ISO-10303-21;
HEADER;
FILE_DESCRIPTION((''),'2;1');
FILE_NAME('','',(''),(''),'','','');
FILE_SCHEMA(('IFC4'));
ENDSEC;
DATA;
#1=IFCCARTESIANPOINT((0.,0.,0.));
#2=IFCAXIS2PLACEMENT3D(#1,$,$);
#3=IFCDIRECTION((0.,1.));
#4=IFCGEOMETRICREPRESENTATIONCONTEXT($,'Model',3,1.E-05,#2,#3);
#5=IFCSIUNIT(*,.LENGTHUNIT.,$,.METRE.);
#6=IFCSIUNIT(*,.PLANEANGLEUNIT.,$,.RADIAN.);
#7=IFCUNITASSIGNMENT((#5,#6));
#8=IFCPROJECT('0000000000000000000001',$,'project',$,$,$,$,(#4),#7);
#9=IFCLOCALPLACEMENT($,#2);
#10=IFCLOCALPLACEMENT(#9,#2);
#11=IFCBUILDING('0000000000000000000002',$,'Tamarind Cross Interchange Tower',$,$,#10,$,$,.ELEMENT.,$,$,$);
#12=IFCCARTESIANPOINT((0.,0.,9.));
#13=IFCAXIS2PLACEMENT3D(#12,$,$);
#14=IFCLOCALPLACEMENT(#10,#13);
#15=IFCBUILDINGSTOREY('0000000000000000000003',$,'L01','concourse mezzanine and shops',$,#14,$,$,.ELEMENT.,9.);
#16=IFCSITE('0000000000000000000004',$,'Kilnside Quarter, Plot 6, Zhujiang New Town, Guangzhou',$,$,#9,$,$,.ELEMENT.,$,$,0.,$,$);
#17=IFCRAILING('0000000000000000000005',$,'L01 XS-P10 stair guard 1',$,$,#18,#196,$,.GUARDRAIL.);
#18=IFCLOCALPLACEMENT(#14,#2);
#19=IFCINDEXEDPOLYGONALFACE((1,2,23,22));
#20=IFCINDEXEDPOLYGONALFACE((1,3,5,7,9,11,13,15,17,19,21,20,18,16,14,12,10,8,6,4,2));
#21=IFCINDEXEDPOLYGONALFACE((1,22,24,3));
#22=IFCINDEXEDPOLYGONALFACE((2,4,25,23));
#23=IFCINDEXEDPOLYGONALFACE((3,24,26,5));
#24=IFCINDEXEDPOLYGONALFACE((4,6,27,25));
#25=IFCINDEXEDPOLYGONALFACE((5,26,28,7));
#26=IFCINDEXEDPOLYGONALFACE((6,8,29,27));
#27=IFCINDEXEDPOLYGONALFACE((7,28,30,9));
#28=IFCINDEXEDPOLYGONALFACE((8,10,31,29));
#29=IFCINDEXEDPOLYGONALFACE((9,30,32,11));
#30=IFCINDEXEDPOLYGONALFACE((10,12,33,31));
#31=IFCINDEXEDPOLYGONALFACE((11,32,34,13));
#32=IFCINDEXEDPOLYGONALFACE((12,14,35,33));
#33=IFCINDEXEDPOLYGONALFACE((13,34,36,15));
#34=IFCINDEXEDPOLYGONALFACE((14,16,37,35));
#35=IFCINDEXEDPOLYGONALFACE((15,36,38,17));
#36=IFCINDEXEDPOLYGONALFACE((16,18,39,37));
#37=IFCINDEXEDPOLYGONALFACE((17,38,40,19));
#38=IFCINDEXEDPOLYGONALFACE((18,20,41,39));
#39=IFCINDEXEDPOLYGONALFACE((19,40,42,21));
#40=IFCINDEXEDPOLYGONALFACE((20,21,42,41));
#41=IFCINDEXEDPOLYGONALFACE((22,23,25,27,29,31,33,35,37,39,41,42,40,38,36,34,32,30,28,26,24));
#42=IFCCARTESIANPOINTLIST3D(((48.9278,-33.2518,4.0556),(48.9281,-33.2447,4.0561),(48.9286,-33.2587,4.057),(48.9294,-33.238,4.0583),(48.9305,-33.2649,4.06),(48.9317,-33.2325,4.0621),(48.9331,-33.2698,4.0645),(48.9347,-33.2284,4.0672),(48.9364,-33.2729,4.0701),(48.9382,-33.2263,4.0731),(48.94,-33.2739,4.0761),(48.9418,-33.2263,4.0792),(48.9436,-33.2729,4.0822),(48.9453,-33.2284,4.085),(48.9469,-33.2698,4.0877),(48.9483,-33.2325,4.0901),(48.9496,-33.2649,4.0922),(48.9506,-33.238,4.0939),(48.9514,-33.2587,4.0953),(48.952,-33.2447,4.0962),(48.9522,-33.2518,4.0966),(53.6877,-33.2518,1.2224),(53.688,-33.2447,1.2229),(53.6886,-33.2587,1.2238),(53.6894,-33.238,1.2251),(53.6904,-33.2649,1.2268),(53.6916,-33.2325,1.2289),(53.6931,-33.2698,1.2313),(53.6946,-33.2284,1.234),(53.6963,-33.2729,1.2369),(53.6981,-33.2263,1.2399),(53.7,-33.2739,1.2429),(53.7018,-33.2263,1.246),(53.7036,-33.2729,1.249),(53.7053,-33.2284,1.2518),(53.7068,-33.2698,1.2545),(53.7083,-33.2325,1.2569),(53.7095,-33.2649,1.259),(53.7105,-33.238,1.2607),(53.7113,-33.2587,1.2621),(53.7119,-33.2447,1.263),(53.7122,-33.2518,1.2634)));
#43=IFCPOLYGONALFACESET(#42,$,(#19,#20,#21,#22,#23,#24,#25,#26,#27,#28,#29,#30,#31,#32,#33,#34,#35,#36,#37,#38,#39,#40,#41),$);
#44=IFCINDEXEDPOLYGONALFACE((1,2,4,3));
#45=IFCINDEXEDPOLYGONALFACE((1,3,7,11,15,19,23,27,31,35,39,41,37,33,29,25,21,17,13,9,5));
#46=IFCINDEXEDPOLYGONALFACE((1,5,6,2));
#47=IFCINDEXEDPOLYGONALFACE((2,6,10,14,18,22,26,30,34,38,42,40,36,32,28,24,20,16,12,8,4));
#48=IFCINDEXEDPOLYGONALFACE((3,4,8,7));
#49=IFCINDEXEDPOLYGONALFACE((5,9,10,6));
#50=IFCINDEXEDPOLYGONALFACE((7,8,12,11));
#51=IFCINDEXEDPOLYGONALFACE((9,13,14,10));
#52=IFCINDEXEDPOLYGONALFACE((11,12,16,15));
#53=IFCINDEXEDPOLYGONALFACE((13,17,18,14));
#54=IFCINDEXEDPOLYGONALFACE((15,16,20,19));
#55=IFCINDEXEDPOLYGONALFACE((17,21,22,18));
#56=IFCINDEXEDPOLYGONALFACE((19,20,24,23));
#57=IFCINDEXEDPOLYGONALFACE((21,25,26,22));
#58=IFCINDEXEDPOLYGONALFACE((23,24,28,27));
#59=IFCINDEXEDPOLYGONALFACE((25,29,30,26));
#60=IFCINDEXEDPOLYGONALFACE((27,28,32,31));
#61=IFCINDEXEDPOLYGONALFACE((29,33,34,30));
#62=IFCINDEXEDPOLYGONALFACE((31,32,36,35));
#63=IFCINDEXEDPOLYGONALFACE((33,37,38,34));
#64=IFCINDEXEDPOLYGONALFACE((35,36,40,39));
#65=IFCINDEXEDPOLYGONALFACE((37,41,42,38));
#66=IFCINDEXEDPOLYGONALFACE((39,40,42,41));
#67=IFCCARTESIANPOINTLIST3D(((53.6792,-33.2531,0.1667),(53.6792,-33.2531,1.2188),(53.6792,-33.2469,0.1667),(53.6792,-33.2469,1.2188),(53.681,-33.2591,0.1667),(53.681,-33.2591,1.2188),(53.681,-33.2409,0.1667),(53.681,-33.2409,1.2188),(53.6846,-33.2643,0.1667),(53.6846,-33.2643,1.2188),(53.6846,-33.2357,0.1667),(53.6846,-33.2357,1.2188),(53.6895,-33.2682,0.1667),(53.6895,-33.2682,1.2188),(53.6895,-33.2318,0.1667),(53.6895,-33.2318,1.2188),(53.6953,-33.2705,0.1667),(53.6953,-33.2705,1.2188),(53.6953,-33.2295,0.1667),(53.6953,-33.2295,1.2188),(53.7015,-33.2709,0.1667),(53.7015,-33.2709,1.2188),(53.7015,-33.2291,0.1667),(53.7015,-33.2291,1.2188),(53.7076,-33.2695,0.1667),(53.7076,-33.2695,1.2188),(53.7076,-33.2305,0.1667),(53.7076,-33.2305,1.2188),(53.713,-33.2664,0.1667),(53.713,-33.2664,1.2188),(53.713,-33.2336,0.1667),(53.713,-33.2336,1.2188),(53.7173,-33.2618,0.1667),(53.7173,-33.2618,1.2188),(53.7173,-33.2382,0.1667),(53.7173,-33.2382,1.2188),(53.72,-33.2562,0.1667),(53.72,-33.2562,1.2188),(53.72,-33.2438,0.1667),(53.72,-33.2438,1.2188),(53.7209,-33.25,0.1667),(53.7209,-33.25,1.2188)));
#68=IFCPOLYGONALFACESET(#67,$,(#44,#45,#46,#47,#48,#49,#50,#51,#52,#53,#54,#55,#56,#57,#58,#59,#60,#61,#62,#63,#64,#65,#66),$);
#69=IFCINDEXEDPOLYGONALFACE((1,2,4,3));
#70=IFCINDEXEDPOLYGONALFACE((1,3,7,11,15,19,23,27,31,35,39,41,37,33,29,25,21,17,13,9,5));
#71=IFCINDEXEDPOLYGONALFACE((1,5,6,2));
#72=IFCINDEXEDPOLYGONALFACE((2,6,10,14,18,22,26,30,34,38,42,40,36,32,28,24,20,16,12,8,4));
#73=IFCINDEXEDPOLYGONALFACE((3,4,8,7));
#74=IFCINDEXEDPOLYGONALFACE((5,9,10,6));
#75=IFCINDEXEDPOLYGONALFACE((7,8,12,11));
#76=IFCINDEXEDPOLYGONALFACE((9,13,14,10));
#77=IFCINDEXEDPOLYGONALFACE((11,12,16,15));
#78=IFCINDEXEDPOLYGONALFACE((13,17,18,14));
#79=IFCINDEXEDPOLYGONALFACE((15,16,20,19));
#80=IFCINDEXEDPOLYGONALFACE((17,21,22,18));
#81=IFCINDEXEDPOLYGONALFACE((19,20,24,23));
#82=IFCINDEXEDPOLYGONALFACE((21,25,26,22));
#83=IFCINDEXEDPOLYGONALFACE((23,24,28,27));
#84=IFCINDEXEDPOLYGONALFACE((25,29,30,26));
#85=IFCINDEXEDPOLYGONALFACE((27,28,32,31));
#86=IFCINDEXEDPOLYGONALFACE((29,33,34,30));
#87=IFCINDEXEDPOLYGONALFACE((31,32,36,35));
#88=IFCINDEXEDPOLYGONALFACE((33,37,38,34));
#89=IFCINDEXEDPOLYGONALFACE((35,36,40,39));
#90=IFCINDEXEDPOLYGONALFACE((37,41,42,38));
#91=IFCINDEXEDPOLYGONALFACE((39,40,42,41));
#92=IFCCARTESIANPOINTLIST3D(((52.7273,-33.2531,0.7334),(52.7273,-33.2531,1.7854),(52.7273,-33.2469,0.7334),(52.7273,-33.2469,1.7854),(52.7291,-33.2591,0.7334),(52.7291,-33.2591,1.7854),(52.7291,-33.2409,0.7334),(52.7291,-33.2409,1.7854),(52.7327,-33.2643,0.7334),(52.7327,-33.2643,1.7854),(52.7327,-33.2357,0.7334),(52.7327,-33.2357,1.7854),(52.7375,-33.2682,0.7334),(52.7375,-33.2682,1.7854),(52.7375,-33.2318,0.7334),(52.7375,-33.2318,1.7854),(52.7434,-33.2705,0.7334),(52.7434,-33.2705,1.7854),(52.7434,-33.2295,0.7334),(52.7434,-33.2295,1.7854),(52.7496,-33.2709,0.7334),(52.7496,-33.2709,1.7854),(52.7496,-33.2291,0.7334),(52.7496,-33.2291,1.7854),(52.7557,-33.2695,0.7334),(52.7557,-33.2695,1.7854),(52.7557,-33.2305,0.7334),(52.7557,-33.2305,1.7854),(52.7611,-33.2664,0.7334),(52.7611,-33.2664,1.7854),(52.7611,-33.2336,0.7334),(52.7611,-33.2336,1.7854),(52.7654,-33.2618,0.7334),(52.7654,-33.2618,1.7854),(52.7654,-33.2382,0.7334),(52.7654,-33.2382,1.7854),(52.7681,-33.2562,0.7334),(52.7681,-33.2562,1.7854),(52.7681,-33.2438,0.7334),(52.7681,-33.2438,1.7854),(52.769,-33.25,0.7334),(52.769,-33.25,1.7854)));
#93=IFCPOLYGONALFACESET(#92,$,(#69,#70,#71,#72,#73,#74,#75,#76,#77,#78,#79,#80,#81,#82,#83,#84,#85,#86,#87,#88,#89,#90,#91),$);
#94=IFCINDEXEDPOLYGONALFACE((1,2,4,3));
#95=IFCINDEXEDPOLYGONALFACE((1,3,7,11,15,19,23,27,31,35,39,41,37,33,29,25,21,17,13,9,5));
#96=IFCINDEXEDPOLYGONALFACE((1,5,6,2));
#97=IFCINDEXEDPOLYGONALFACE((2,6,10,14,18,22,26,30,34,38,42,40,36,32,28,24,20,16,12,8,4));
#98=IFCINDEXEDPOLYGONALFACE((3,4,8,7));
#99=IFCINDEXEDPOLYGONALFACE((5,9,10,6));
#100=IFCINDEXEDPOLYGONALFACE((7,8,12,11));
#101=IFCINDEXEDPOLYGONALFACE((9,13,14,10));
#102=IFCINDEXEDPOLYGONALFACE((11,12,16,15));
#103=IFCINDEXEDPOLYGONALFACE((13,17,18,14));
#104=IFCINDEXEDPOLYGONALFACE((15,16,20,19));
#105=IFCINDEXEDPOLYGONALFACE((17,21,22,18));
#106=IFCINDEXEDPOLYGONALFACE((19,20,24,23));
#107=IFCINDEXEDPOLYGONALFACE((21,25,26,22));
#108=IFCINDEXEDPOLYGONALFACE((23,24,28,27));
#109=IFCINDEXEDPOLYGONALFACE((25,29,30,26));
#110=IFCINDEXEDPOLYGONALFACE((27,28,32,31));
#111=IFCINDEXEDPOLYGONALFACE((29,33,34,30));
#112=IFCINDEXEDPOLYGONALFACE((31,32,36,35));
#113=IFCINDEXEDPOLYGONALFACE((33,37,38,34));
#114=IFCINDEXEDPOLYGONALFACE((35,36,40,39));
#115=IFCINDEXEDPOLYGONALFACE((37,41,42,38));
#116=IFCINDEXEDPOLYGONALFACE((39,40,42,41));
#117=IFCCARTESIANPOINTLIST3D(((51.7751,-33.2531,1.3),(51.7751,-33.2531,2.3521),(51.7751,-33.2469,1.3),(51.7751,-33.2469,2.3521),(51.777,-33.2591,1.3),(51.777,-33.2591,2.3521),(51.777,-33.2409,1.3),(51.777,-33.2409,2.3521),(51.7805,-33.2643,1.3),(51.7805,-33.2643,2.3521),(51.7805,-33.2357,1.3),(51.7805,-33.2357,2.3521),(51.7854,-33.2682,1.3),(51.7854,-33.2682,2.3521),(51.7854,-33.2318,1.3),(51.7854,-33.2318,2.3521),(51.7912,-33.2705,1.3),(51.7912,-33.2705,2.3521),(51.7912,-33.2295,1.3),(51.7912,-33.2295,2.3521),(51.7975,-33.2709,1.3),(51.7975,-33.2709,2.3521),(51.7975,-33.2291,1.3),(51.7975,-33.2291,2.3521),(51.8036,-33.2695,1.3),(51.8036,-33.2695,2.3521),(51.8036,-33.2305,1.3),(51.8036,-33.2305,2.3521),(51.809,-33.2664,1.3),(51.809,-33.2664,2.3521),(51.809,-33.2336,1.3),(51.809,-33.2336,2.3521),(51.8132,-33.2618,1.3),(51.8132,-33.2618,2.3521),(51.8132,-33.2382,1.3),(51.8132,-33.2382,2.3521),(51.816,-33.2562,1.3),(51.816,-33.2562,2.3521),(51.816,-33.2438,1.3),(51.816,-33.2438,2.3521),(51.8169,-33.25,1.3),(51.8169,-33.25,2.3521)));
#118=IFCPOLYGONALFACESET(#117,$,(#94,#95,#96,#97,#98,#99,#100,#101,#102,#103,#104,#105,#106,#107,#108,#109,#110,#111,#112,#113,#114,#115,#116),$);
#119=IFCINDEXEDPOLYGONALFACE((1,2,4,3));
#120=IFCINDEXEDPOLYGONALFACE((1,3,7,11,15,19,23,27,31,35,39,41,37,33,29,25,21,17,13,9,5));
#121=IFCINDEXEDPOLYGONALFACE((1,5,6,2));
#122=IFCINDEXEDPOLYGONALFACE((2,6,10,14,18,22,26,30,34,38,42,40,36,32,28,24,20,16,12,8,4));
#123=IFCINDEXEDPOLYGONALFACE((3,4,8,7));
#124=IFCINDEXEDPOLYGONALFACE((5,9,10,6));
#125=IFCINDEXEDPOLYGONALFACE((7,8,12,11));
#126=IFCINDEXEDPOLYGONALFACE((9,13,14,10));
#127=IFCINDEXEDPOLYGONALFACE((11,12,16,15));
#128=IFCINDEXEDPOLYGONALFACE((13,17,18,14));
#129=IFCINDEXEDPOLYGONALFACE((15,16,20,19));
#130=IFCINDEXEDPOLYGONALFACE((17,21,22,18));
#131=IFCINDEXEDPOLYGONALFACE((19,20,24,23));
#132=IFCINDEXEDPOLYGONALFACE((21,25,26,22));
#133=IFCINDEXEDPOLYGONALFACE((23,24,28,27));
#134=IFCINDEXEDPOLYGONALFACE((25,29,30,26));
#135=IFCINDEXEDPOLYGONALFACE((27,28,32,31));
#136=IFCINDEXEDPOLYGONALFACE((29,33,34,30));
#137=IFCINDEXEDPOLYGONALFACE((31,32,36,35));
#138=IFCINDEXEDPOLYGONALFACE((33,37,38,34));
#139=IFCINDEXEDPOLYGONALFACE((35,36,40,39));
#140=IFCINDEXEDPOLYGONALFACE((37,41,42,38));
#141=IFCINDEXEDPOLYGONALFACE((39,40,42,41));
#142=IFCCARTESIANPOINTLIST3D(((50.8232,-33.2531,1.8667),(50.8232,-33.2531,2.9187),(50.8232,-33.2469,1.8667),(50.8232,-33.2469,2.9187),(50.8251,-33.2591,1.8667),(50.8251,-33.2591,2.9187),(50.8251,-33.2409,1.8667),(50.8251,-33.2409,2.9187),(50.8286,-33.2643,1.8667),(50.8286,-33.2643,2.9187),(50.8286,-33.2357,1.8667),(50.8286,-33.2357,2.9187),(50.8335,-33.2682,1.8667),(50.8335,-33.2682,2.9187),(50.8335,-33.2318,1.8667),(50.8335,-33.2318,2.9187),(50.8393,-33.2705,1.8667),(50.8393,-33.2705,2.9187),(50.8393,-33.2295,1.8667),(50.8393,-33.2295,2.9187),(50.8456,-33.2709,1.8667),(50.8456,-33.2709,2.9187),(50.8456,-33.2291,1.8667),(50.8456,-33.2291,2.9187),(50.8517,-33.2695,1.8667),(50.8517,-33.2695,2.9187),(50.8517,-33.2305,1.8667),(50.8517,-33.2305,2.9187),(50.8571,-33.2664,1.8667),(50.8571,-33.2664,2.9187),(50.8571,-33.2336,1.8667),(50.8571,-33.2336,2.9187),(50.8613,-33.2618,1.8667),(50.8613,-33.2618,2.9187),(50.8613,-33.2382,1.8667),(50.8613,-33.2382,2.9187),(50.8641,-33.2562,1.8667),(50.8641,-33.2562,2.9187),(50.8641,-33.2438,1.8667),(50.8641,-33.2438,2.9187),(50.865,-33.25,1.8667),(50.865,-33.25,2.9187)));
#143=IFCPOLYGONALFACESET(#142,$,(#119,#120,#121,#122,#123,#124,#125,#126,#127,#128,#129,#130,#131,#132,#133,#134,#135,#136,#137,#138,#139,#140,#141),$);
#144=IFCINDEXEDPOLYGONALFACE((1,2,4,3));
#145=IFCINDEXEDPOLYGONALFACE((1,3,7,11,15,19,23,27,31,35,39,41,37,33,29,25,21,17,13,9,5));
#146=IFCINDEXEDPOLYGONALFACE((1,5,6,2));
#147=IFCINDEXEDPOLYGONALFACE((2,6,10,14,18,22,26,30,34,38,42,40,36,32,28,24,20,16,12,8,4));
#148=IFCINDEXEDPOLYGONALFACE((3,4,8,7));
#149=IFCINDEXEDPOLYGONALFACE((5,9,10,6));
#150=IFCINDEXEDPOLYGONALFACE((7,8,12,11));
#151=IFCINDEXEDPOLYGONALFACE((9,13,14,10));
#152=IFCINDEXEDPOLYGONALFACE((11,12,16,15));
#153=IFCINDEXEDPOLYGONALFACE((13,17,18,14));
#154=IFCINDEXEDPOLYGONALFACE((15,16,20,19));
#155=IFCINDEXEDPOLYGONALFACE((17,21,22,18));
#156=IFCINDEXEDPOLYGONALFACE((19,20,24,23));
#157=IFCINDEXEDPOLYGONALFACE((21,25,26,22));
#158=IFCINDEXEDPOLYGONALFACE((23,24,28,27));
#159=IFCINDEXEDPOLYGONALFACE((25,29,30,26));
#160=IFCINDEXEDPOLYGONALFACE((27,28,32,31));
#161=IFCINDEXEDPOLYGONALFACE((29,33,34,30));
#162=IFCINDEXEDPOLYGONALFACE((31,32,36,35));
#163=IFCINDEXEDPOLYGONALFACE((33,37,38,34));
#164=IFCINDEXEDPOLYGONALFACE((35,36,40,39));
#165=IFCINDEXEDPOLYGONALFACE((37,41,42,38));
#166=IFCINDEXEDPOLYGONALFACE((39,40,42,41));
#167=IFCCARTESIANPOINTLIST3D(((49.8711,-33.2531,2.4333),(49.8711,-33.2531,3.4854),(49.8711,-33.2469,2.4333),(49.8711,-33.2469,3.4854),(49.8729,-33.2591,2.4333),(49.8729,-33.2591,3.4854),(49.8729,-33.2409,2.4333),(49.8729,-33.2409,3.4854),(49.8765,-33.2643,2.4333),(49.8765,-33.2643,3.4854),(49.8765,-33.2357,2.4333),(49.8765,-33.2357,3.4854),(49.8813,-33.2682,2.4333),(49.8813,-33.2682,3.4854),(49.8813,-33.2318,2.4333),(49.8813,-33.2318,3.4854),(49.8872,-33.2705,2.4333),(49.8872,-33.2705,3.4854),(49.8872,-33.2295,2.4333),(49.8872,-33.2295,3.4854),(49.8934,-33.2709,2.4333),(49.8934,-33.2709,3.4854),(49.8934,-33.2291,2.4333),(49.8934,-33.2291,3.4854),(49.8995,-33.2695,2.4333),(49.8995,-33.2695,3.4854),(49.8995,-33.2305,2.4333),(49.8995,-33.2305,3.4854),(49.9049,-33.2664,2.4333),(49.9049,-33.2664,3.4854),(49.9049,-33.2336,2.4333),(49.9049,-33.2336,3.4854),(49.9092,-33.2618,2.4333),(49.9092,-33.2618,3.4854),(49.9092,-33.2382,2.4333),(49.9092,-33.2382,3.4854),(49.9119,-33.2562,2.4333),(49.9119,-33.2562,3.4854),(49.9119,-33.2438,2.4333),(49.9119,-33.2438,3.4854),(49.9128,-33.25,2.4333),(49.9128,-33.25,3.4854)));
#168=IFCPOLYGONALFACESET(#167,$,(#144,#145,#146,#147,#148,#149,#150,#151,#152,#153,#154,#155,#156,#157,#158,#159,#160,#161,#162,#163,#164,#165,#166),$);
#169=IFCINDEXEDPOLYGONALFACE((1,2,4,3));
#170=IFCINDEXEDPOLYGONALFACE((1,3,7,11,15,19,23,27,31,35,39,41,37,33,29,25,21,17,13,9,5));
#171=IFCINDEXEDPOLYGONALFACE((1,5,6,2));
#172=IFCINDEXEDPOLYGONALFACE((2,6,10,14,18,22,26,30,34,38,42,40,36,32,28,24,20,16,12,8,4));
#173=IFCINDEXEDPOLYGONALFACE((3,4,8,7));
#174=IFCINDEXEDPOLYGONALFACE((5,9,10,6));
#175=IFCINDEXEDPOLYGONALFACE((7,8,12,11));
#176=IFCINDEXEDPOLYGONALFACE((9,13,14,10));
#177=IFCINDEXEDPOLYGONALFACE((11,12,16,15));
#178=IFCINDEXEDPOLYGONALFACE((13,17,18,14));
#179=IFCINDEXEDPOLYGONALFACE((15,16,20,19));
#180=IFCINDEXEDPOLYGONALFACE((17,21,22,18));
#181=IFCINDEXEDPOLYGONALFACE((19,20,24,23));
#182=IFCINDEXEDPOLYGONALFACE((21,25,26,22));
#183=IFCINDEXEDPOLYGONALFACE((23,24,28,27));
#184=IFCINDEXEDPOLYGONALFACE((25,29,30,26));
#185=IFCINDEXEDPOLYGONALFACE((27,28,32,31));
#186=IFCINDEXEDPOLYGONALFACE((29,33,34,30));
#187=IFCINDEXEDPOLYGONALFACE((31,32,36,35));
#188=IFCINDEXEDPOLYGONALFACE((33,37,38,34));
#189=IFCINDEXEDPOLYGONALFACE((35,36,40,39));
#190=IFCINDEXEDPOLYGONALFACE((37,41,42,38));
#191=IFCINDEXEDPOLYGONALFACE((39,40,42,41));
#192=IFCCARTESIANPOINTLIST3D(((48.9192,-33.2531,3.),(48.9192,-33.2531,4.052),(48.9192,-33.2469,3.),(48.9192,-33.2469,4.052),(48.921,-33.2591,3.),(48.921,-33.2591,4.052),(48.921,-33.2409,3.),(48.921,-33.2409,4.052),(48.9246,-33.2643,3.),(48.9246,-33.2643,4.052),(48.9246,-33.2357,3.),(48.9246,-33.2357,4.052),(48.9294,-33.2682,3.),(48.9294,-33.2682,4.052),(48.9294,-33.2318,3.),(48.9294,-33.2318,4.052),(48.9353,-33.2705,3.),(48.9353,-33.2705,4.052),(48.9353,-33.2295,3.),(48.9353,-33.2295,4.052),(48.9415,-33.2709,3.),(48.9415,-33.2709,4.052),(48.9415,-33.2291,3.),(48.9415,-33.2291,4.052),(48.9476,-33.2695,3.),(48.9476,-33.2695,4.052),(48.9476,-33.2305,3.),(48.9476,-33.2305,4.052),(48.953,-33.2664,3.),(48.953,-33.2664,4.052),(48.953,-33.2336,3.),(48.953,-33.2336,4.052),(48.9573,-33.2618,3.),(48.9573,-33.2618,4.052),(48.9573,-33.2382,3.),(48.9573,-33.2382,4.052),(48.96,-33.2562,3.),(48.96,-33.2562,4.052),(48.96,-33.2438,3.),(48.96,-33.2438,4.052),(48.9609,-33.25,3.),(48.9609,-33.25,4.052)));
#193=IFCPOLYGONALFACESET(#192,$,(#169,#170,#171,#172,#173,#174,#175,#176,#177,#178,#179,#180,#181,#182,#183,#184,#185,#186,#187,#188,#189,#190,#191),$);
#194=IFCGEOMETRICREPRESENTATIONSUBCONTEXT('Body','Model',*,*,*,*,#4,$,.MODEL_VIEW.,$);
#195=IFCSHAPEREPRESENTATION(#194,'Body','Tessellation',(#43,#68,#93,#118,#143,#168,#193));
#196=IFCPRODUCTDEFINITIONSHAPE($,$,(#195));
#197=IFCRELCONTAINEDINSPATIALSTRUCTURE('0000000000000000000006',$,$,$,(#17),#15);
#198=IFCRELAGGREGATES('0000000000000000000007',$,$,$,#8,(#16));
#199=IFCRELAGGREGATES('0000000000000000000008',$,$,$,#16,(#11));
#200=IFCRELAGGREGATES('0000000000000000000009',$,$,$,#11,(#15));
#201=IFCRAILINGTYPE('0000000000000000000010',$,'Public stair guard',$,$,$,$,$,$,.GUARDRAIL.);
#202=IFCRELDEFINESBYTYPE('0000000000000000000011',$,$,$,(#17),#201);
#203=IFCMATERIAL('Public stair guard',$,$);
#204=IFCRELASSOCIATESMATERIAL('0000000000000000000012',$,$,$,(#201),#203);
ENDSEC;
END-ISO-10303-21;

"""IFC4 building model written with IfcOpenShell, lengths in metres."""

from ifc_helpers import new_model, si_unit, direction, frame, origin, origin_2d, place, context, subcontext, project, spatial, circle, extrude, material, type_object, element, save


model = new_model("IFC4")

# Units and contexts
model_context = context("Model", 3, precision=1e-05, world=origin(), true_north=direction((0.0, 1.0)))
body_context = subcontext(model_context, "Body", "Model", "MODEL_VIEW")
ifc_project = project(units=[si_unit("LENGTHUNIT", "METRE"), si_unit("PLANEANGLEUNIT", "RADIAN")], contexts=[model_context])

# Site, building, storey
site_placement = place(None, origin())
site = spatial("IfcSite", under=ifc_project, at=site_placement, Name="Kilnside Quarter, Plot 6, Zhujiang New Town, Guangzhou", CompositionType="ELEMENT", RefElevation=0.0)
building_placement = place(site_placement, origin())
building = spatial("IfcBuilding", under=site, at=building_placement, Name="Tamarind Cross Interchange Tower", CompositionType="ELEMENT")
storey_placement = place(building_placement, frame((0.0, 0.0, 9.0)))
storey = spatial("IfcBuildingStorey", under=building, at=storey_placement, Name="L01", Description="concourse mezzanine and shops", CompositionType="ELEMENT", Elevation=9.0)

# Railing
ifc_material_1 = material(Name="Public stair guard")
railing_type_1 = type_object("IfcRailingType", Name="Public stair guard", PredefinedType="GUARDRAIL", material=ifc_material_1)
railing_1_placement = place(storey_placement, frame((53.7, -33.25, 0.1667)))
element("IfcRailing", 1, at=railing_1_placement, inside=storey, type_object=railing_type_1, Name="L01 XS-P10 stair guard 1", PredefinedType="GUARDRAIL", context=body_context, shape_type="SweptSolid", body=[
    extrude(circle(Radius=0.0239, at=origin_2d()), frame((0.0, 0.0, 1.0762), z_axis=(-0.8593, 0.0, 0.511472), x_axis=(0.0, -1.0, 0.0)), (0.0, 0.0, 1.0), 5.5393),
    extrude(circle(Radius=0.021, at=origin_2d()), origin(), (0.0, 0.0, 1.0), 1.052),
    extrude(circle(Radius=0.021, at=origin_2d()), frame((-0.9519, 0.0, 0.5667)), (0.0, 0.0, 1.0), 1.052),
    extrude(circle(Radius=0.021, at=origin_2d()), frame((-1.9041, 0.0, 1.1333)), (0.0, 0.0, 1.0), 1.052),
    extrude(circle(Radius=0.021, at=origin_2d()), frame((-2.856, 0.0, 1.7)), (0.0, 0.0, 1.0), 1.052),
    extrude(circle(Radius=0.021, at=origin_2d()), frame((-3.8081, 0.0, 2.2666)), (0.0, 0.0, 1.0), 1.052),
    extrude(circle(Radius=0.021, at=origin_2d()), frame((-4.76, 0.0, 2.8333)), (0.0, 0.0, 1.0), 1.052),
])

save(model, "model.ifc")
